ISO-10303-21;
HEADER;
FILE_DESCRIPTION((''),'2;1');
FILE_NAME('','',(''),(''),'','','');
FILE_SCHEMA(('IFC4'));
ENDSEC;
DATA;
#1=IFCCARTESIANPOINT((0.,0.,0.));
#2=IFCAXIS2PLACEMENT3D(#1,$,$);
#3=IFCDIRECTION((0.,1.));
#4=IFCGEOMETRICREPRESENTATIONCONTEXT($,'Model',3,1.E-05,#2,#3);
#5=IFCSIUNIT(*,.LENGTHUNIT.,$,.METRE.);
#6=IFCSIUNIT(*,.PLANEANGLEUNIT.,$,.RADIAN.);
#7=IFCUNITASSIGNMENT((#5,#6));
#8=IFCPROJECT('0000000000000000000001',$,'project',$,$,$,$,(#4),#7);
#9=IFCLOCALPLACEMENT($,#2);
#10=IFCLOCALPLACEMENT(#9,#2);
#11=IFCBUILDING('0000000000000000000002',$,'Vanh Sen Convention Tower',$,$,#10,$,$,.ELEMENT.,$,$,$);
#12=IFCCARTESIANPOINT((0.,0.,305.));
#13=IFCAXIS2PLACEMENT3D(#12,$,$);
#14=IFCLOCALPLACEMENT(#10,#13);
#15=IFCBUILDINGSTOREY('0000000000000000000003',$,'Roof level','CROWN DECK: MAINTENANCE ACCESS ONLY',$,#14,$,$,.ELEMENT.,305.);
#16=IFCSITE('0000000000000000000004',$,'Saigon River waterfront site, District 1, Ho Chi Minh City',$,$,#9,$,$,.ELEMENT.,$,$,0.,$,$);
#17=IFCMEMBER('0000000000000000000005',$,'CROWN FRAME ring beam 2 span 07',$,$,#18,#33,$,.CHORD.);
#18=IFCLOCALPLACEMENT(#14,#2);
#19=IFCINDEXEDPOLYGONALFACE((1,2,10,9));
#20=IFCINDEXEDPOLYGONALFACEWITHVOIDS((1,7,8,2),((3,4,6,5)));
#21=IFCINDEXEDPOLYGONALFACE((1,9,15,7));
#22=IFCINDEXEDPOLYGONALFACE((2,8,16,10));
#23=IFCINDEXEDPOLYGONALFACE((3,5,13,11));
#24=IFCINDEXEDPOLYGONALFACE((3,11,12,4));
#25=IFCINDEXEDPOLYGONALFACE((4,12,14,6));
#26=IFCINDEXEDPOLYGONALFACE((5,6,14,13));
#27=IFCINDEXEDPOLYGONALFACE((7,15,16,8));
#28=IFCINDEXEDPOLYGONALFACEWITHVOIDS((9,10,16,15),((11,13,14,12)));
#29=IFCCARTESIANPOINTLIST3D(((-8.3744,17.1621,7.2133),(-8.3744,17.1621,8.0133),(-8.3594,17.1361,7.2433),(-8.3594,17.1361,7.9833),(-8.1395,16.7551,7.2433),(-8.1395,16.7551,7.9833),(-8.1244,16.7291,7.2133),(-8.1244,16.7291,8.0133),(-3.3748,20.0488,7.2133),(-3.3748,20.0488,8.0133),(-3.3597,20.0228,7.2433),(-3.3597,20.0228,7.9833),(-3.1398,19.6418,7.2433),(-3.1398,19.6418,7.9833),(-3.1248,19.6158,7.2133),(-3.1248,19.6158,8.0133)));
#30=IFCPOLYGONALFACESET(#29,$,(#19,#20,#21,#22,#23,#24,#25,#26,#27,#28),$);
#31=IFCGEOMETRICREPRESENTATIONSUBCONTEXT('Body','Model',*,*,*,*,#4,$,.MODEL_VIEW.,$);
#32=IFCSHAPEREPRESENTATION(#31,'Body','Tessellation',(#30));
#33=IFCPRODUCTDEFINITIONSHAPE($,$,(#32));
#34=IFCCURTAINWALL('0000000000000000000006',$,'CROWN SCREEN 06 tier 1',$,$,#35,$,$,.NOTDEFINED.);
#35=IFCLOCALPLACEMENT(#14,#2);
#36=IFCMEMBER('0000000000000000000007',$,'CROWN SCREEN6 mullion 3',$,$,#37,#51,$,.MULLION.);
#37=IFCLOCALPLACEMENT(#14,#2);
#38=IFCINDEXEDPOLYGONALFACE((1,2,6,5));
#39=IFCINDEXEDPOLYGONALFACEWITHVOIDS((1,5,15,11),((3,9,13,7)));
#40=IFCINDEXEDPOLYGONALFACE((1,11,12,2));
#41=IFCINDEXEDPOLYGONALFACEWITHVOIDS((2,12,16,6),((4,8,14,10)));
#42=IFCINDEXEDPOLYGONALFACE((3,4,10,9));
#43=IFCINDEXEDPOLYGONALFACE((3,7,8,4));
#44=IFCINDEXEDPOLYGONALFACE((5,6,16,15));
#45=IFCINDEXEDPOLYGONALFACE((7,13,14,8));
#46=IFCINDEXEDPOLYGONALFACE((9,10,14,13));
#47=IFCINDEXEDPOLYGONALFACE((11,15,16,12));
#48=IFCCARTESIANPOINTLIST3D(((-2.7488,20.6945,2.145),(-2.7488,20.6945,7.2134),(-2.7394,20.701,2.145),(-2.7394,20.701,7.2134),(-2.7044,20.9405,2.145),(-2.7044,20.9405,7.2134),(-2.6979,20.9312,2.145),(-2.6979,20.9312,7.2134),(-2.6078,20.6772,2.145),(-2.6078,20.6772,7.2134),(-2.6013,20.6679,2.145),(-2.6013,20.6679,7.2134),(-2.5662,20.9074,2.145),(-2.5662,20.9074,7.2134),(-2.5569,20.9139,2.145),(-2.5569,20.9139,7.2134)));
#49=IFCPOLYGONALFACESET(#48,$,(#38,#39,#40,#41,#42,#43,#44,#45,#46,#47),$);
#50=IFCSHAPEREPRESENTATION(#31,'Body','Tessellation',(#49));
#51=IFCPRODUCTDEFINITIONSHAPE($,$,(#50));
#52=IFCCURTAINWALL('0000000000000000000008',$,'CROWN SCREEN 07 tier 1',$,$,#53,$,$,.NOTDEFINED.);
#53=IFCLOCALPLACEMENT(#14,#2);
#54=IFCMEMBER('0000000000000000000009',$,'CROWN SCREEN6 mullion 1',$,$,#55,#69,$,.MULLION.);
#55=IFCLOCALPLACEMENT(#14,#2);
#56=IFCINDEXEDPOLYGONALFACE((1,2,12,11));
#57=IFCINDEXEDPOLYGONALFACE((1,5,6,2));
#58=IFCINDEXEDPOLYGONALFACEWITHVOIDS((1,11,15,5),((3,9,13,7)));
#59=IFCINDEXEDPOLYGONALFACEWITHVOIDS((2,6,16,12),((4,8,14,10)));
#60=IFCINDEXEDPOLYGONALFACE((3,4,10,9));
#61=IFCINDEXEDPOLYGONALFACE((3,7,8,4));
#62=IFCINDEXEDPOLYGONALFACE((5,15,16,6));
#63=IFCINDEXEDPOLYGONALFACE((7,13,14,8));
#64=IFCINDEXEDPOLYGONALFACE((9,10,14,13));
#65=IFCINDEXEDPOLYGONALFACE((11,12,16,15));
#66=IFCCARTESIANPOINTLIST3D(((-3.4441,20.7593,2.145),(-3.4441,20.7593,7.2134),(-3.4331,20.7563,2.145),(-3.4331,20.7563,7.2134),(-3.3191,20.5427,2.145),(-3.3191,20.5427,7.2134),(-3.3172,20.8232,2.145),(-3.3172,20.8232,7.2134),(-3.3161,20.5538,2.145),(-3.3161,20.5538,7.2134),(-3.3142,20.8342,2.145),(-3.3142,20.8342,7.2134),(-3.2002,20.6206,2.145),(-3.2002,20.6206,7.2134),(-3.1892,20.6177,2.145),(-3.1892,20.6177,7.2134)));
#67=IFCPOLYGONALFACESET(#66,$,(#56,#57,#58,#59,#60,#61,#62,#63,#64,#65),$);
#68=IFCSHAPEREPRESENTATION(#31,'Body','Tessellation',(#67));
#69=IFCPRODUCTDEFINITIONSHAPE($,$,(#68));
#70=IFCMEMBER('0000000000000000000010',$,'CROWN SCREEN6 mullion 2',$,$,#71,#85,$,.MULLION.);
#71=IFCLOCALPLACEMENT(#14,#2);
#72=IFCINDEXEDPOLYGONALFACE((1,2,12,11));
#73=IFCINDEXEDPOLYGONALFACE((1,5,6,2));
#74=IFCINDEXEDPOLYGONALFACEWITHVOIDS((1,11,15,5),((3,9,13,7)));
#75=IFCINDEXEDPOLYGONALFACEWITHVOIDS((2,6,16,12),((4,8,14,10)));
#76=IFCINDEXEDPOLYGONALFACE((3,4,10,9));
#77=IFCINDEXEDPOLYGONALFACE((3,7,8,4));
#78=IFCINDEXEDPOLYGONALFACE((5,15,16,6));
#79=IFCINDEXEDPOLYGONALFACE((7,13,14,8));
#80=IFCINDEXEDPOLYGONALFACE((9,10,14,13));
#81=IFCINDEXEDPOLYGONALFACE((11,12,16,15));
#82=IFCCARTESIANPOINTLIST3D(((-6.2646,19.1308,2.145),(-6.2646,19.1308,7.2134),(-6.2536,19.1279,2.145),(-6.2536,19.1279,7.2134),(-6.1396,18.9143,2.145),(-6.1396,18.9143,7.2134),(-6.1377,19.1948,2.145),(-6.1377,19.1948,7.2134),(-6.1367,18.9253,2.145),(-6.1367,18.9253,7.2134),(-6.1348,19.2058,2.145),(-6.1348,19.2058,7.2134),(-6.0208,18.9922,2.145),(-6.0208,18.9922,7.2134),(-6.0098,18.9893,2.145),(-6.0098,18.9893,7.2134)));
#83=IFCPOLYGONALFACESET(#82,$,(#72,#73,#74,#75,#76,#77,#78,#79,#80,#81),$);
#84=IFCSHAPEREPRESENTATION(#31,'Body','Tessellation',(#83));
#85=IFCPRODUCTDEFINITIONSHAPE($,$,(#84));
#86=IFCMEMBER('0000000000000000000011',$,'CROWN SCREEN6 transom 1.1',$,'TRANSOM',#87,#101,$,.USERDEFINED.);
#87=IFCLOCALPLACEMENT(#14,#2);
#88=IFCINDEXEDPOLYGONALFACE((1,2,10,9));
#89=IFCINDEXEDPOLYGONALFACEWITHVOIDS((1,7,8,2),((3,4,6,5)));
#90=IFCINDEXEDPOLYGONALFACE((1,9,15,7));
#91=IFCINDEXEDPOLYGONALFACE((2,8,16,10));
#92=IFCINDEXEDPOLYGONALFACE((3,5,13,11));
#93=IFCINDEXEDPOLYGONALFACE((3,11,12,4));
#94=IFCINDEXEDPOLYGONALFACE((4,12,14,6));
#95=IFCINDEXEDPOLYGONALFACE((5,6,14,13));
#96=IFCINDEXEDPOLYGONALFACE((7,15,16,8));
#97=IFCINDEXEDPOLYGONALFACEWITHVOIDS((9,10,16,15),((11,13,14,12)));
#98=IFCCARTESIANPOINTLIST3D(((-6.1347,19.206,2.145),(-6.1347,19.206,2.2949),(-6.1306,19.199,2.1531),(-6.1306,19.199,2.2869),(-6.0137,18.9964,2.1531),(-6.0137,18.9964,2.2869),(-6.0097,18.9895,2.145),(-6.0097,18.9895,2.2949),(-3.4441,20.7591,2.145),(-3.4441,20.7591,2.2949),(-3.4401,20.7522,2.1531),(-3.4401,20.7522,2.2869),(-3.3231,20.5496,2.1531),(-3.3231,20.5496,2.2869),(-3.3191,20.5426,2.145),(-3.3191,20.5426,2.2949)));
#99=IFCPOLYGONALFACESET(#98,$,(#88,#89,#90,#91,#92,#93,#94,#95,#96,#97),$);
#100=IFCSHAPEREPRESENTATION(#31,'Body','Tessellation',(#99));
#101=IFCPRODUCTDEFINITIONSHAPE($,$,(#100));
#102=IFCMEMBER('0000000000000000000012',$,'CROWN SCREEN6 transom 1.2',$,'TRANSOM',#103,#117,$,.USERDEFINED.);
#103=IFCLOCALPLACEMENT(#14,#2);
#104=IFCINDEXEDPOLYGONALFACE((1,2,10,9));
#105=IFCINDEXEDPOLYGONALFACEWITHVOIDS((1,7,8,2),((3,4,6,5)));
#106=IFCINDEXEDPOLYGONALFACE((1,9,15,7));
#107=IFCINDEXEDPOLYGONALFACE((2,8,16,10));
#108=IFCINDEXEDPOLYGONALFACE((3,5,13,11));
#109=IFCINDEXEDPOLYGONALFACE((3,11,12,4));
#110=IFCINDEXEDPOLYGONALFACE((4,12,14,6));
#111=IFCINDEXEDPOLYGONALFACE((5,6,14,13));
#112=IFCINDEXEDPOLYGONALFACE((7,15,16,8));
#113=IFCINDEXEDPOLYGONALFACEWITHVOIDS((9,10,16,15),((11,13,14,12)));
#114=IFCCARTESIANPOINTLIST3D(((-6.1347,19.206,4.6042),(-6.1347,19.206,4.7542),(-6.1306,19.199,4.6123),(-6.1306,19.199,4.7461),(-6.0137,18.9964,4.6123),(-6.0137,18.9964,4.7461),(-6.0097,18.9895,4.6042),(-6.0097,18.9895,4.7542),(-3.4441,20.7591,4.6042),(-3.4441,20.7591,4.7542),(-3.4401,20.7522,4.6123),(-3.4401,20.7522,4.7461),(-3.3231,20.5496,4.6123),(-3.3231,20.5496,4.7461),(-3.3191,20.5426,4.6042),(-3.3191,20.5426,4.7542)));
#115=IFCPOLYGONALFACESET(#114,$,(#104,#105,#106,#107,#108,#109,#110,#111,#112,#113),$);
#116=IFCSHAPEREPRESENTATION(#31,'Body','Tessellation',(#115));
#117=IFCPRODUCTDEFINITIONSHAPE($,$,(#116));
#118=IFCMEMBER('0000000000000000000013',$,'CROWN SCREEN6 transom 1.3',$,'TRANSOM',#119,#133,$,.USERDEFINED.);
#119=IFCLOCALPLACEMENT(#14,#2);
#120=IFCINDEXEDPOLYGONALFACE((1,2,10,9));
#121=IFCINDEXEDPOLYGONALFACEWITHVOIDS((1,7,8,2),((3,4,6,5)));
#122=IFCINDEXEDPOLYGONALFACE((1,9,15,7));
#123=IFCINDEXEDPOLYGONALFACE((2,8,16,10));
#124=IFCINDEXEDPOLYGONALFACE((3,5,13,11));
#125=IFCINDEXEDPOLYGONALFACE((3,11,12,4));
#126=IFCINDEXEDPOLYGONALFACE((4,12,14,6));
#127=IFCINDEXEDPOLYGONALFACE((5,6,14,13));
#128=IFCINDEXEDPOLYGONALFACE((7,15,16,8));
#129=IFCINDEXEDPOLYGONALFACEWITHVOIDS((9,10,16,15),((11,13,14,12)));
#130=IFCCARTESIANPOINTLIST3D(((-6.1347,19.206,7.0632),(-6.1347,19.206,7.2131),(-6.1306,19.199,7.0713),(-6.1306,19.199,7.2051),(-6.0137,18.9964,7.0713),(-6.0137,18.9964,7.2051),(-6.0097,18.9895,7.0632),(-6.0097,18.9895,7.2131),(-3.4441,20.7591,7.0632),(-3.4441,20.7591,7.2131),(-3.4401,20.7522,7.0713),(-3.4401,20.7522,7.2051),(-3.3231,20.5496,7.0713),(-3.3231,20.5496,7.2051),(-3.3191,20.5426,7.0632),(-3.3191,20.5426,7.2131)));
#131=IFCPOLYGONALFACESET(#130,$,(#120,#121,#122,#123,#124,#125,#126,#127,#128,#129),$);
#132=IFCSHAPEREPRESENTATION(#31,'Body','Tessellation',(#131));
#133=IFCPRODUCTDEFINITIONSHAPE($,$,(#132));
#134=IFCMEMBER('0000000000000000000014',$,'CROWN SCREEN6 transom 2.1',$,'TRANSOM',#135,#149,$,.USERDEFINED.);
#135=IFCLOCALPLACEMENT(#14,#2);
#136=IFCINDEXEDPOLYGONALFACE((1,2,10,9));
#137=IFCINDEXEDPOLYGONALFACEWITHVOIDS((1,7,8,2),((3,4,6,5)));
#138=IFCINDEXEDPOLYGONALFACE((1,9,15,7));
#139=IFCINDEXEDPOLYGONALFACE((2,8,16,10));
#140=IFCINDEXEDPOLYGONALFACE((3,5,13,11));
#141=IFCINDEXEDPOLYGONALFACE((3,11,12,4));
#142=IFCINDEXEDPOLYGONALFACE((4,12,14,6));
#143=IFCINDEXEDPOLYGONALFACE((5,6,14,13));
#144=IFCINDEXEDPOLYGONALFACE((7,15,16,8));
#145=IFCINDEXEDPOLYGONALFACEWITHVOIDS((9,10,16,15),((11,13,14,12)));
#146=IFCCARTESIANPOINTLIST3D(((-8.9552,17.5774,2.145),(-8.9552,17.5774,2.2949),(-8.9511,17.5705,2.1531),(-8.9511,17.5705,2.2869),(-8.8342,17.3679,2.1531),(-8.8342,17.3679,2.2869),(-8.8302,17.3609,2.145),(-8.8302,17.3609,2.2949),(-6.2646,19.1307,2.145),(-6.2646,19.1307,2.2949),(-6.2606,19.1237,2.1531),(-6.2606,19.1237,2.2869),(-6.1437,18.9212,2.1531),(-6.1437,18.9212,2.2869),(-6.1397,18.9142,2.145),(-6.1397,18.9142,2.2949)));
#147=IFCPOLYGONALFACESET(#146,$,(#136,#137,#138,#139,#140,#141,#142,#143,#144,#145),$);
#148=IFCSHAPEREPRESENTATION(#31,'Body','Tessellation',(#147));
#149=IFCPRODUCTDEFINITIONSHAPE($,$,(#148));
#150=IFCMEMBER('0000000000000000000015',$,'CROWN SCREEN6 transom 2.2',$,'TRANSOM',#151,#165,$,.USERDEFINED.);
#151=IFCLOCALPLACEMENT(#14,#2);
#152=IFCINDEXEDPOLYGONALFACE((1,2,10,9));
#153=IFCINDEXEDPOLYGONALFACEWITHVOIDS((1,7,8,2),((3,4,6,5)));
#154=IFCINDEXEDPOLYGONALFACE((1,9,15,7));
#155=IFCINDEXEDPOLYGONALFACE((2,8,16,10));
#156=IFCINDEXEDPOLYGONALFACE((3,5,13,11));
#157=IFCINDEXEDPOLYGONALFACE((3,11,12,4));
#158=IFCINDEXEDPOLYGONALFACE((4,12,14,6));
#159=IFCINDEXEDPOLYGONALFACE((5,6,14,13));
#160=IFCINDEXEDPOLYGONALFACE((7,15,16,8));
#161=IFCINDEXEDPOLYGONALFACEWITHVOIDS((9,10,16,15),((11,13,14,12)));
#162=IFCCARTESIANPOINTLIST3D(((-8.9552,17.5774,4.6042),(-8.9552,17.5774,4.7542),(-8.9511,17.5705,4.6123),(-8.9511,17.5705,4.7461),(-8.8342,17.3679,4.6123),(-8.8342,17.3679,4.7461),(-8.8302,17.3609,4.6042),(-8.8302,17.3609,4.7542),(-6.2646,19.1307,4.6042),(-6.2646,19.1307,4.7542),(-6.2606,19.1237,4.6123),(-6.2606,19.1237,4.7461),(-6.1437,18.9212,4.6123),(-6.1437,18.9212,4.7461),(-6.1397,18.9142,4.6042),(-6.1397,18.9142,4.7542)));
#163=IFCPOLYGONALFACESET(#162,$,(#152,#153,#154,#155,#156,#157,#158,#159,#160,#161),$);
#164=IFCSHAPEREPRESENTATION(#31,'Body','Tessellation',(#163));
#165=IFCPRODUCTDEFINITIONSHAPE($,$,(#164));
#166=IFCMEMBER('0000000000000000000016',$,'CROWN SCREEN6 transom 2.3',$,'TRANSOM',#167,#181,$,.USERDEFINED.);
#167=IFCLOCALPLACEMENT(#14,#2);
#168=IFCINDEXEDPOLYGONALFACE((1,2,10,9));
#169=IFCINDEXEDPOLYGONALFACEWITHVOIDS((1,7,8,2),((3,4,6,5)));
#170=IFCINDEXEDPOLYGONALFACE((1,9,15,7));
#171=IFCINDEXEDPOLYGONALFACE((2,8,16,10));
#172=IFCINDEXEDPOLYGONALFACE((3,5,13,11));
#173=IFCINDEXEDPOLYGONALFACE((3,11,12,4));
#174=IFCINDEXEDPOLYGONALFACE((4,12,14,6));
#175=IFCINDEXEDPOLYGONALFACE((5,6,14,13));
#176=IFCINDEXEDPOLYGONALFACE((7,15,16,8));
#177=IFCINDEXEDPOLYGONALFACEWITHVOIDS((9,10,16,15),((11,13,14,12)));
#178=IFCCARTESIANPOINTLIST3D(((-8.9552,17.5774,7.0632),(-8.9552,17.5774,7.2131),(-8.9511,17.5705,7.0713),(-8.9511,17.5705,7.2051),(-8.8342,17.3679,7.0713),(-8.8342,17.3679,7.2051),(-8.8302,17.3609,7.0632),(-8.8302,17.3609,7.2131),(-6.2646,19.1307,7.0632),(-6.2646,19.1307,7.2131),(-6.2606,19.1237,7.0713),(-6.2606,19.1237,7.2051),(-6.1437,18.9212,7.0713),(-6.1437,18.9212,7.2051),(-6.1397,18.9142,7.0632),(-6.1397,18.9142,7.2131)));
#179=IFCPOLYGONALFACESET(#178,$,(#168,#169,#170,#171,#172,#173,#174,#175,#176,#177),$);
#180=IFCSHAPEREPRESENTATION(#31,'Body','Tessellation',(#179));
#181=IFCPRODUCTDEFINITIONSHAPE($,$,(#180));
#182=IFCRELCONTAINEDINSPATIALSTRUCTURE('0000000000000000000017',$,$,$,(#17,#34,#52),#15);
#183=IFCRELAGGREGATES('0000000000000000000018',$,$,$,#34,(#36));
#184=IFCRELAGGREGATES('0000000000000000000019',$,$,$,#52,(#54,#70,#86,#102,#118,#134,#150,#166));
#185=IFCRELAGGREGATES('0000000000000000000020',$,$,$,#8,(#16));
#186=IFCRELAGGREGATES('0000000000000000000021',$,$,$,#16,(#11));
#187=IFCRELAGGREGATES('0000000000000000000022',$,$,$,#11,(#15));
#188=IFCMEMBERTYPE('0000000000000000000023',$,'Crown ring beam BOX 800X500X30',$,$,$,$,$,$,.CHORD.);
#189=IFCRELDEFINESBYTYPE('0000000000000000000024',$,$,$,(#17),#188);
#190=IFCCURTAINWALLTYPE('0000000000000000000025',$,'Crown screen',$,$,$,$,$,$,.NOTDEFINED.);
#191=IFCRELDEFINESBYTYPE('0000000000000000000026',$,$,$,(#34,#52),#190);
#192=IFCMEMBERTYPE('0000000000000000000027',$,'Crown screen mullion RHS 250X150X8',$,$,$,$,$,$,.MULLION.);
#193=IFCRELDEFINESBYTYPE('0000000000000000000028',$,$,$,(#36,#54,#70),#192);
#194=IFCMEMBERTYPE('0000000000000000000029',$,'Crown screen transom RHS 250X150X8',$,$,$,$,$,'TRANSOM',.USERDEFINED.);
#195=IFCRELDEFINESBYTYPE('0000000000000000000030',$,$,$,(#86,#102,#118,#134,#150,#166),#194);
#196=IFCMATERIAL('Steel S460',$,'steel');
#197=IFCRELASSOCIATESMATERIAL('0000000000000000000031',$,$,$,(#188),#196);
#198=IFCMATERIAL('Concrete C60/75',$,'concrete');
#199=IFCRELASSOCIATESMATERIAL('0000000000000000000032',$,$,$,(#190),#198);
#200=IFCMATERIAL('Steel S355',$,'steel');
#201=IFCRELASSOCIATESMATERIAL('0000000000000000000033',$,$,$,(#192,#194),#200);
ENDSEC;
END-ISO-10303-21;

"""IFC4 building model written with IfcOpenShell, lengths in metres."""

from ifc_helpers import new_model, si_unit, direction, frame, origin, origin_2d, place, context, subcontext, project, spatial, hollow_rectangle, extrude, material, material_profile, profile_set, type_object, element, aggregate, save


model = new_model("IFC4")

# Units and contexts
model_context = context("Model", 3, precision=1e-05, world=origin(), true_north=direction((0.0, 1.0)))
body_context = subcontext(model_context, "Body", "Model", "MODEL_VIEW")
ifc_project = project(units=[si_unit("LENGTHUNIT", "METRE"), si_unit("PLANEANGLEUNIT", "RADIAN")], contexts=[model_context])

# Site, building, storey
site_placement = place(None, origin())
site = spatial("IfcSite", under=ifc_project, at=site_placement, Name="Saigon River waterfront site, District 1, Ho Chi Minh City", CompositionType="ELEMENT", RefElevation=0.0)
building_placement = place(site_placement, origin())
building = spatial("IfcBuilding", under=site, at=building_placement, Name="Vanh Sen Convention Tower", CompositionType="ELEMENT")
storey_placement = place(building_placement, frame((0.0, 0.0, 305.0)))
storey = spatial("IfcBuildingStorey", under=building, at=storey_placement, Name="Roof level", Description="CROWN DECK: MAINTENANCE ACCESS ONLY", CompositionType="ELEMENT", Elevation=305.0)

# Member
ifc_material_1 = material(Name="Steel S460", Category="steel")
ifc_material_profile_1 = material_profile(ifc_material_1, hollow_rectangle(XDim=0.5, YDim=0.8, WallThickness=0.03, at=origin_2d()), Name="BOX 800X500X30")
ifc_profile_set_1 = profile_set([ifc_material_profile_1], Name="Steel S460")
member_type_1 = type_object("IfcMemberType", Name="Crown ring beam BOX 800X500X30", PredefinedType="CHORD", material=ifc_profile_set_1)
member_1_placement = place(storey_placement, frame((-3.2498, 19.8323, 7.6133), z_axis=(-0.866017, -0.500014, 0.0), x_axis=(0.500014, -0.866017, 0.0)))
element("IfcMember", 1, at=member_1_placement, inside=storey, type_object=member_type_1, Name="CROWN FRAME ring beam 2 span 07", PredefinedType="CHORD", context=body_context, shape_type="SweptSolid", body=[
    extrude(hollow_rectangle(XDim=0.5, YDim=0.8, WallThickness=0.03, at=origin_2d()), origin(), (0.0, 0.0, 1.0), 5.7732),
])

# Curtain wall, member
ifc_material_2 = material(Name="Concrete C60/75", Category="concrete")
curtain_wall_type = type_object("IfcCurtainWallType", Name="Crown screen", PredefinedType="NOTDEFINED", material=ifc_material_2)
curtain_wall_1_placement = place(storey_placement, origin())
curtain_wall_1 = element("IfcCurtainWall", 2, at=curtain_wall_1_placement, inside=storey, type_object=curtain_wall_type, Name="CROWN SCREEN 06 tier 1", PredefinedType="NOTDEFINED")
ifc_material_3 = material(Name="Steel S355", Category="steel")
ifc_material_profile_2 = material_profile(ifc_material_3, hollow_rectangle(XDim=0.25, YDim=0.1499, WallThickness=0.0081, at=origin_2d()), Name="RHS 250X150X8")
ifc_profile_set_2 = profile_set([ifc_material_profile_2], Name="Steel S355")
member_type_2 = type_object("IfcMemberType", Name="Crown screen mullion RHS 250X150X8", PredefinedType="MULLION", material=ifc_profile_set_2)
member_2_placement = place(storey_placement, frame((-2.6528, 20.8042, 2.145), z_axis=(0.0, 0.0, 1.0), x_axis=(-0.177496, -0.984122, 0.0)))
member_2 = element("IfcMember", 3, at=member_2_placement, type_object=member_type_2, Name="CROWN SCREEN6 mullion 3", PredefinedType="MULLION", context=body_context, shape_type="SweptSolid", body=[
    extrude(hollow_rectangle(XDim=0.25, YDim=0.1499, WallThickness=0.0081, at=origin_2d()), origin(), (0.0, 0.0, 1.0), 5.0684),
])
aggregate(curtain_wall_1, [member_2])

# Curtain wall, members
curtain_wall_2_placement = place(storey_placement, origin())
curtain_wall_2 = element("IfcCurtainWall", 4, at=curtain_wall_2_placement, inside=storey, type_object=curtain_wall_type, Name="CROWN SCREEN 07 tier 1", PredefinedType="NOTDEFINED")
member_3_placement = place(storey_placement, frame((-3.3167, 20.6885, 2.145), z_axis=(0.0, 0.0, 1.0), x_axis=(0.500005, -0.866023, 0.0)))
member_3 = element("IfcMember", 5, at=member_3_placement, type_object=member_type_2, Name="CROWN SCREEN6 mullion 1", PredefinedType="MULLION", context=body_context, shape_type="SweptSolid", body=[
    extrude(hollow_rectangle(XDim=0.25, YDim=0.1499, WallThickness=0.0081, at=origin_2d()), origin(), (0.0, 0.0, 1.0), 5.0684),
])
member_4_placement = place(storey_placement, frame((-6.1372, 19.0601, 2.145), z_axis=(0.0, 0.0, 1.0), x_axis=(0.500005, -0.866023, 0.0)))
member_4 = element("IfcMember", 6, at=member_4_placement, type_object=member_type_2, Name="CROWN SCREEN6 mullion 2", PredefinedType="MULLION", context=body_context, shape_type="SweptSolid", body=[
    extrude(hollow_rectangle(XDim=0.25, YDim=0.1499, WallThickness=0.0081, at=origin_2d()), origin(), (0.0, 0.0, 1.0), 5.0684),
])
ifc_material_profile_3 = material_profile(ifc_material_3, hollow_rectangle(XDim=0.25, YDim=0.1499, WallThickness=0.0081, at=origin_2d()), Name="RHS 250X150X8")
ifc_profile_set_3 = profile_set([ifc_material_profile_3], Name="Steel S355")
member_type_3 = type_object("IfcMemberType", Name="Crown screen transom RHS 250X150X8", ElementType="TRANSOM", PredefinedType="USERDEFINED", material=ifc_profile_set_3)
member_5_placement = place(storey_placement, frame((-3.3816, 20.6509, 2.22), z_axis=(-0.866059, -0.499942, 0.0), x_axis=(0.499942, -0.866059, 0.0)))
member_5 = element("IfcMember", 7, at=member_5_placement, type_object=member_type_3, Name="CROWN SCREEN6 transom 1.1", ObjectType="TRANSOM", PredefinedType="USERDEFINED", context=body_context, shape_type="SweptSolid", body=[
    extrude(hollow_rectangle(XDim=0.25, YDim=0.1499, WallThickness=0.0081, at=origin_2d()), origin(), (0.0, 0.0, 1.0), 3.1067),
])
member_6_placement = place(storey_placement, frame((-3.3816, 20.6509, 4.6792), z_axis=(-0.866059, -0.499942, 0.0), x_axis=(0.499942, -0.866059, 0.0)))
member_6 = element("IfcMember", 8, at=member_6_placement, type_object=member_type_3, Name="CROWN SCREEN6 transom 1.2", ObjectType="TRANSOM", PredefinedType="USERDEFINED", context=body_context, shape_type="SweptSolid", body=[
    extrude(hollow_rectangle(XDim=0.25, YDim=0.1499, WallThickness=0.0081, at=origin_2d()), origin(), (0.0, 0.0, 1.0), 3.1067),
])
member_7_placement = place(storey_placement, frame((-3.3816, 20.6509, 7.1382), z_axis=(-0.866059, -0.499942, 0.0), x_axis=(0.499942, -0.866059, 0.0)))
member_7 = element("IfcMember", 9, at=member_7_placement, type_object=member_type_3, Name="CROWN SCREEN6 transom 1.3", ObjectType="TRANSOM", PredefinedType="USERDEFINED", context=body_context, shape_type="SweptSolid", body=[
    extrude(hollow_rectangle(XDim=0.25, YDim=0.1499, WallThickness=0.0081, at=origin_2d()), origin(), (0.0, 0.0, 1.0), 3.1067),
])
member_8_placement = place(storey_placement, frame((-6.2021, 19.0225, 2.22), z_axis=(-0.866039, -0.499976, 0.0), x_axis=(0.499976, -0.866039, 0.0)))
member_8 = element("IfcMember", 10, at=member_8_placement, type_object=member_type_3, Name="CROWN SCREEN6 transom 2.1", ObjectType="TRANSOM", PredefinedType="USERDEFINED", context=body_context, shape_type="SweptSolid", body=[
    extrude(hollow_rectangle(XDim=0.25, YDim=0.1499, WallThickness=0.0081, at=origin_2d()), origin(), (0.0, 0.0, 1.0), 3.1067),
])
member_9_placement = place(storey_placement, frame((-6.2021, 19.0225, 4.6792), z_axis=(-0.866039, -0.499976, 0.0), x_axis=(0.499976, -0.866039, 0.0)))
member_9 = element("IfcMember", 11, at=member_9_placement, type_object=member_type_3, Name="CROWN SCREEN6 transom 2.2", ObjectType="TRANSOM", PredefinedType="USERDEFINED", context=body_context, shape_type="SweptSolid", body=[
    extrude(hollow_rectangle(XDim=0.25, YDim=0.1499, WallThickness=0.0081, at=origin_2d()), origin(), (0.0, 0.0, 1.0), 3.1067),
])
member_10_placement = place(storey_placement, frame((-6.2021, 19.0225, 7.1382), z_axis=(-0.866039, -0.499976, 0.0), x_axis=(0.499976, -0.866039, 0.0)))
member_10 = element("IfcMember", 12, at=member_10_placement, type_object=member_type_3, Name="CROWN SCREEN6 transom 2.3", ObjectType="TRANSOM", PredefinedType="USERDEFINED", context=body_context, shape_type="SweptSolid", body=[
    extrude(hollow_rectangle(XDim=0.25, YDim=0.1499, WallThickness=0.0081, at=origin_2d()), origin(), (0.0, 0.0, 1.0), 3.1067),
])
aggregate(curtain_wall_2, [member_3, member_4, member_5, member_6, member_7, member_8, member_9, member_10])

save(model, "model.ifc")
